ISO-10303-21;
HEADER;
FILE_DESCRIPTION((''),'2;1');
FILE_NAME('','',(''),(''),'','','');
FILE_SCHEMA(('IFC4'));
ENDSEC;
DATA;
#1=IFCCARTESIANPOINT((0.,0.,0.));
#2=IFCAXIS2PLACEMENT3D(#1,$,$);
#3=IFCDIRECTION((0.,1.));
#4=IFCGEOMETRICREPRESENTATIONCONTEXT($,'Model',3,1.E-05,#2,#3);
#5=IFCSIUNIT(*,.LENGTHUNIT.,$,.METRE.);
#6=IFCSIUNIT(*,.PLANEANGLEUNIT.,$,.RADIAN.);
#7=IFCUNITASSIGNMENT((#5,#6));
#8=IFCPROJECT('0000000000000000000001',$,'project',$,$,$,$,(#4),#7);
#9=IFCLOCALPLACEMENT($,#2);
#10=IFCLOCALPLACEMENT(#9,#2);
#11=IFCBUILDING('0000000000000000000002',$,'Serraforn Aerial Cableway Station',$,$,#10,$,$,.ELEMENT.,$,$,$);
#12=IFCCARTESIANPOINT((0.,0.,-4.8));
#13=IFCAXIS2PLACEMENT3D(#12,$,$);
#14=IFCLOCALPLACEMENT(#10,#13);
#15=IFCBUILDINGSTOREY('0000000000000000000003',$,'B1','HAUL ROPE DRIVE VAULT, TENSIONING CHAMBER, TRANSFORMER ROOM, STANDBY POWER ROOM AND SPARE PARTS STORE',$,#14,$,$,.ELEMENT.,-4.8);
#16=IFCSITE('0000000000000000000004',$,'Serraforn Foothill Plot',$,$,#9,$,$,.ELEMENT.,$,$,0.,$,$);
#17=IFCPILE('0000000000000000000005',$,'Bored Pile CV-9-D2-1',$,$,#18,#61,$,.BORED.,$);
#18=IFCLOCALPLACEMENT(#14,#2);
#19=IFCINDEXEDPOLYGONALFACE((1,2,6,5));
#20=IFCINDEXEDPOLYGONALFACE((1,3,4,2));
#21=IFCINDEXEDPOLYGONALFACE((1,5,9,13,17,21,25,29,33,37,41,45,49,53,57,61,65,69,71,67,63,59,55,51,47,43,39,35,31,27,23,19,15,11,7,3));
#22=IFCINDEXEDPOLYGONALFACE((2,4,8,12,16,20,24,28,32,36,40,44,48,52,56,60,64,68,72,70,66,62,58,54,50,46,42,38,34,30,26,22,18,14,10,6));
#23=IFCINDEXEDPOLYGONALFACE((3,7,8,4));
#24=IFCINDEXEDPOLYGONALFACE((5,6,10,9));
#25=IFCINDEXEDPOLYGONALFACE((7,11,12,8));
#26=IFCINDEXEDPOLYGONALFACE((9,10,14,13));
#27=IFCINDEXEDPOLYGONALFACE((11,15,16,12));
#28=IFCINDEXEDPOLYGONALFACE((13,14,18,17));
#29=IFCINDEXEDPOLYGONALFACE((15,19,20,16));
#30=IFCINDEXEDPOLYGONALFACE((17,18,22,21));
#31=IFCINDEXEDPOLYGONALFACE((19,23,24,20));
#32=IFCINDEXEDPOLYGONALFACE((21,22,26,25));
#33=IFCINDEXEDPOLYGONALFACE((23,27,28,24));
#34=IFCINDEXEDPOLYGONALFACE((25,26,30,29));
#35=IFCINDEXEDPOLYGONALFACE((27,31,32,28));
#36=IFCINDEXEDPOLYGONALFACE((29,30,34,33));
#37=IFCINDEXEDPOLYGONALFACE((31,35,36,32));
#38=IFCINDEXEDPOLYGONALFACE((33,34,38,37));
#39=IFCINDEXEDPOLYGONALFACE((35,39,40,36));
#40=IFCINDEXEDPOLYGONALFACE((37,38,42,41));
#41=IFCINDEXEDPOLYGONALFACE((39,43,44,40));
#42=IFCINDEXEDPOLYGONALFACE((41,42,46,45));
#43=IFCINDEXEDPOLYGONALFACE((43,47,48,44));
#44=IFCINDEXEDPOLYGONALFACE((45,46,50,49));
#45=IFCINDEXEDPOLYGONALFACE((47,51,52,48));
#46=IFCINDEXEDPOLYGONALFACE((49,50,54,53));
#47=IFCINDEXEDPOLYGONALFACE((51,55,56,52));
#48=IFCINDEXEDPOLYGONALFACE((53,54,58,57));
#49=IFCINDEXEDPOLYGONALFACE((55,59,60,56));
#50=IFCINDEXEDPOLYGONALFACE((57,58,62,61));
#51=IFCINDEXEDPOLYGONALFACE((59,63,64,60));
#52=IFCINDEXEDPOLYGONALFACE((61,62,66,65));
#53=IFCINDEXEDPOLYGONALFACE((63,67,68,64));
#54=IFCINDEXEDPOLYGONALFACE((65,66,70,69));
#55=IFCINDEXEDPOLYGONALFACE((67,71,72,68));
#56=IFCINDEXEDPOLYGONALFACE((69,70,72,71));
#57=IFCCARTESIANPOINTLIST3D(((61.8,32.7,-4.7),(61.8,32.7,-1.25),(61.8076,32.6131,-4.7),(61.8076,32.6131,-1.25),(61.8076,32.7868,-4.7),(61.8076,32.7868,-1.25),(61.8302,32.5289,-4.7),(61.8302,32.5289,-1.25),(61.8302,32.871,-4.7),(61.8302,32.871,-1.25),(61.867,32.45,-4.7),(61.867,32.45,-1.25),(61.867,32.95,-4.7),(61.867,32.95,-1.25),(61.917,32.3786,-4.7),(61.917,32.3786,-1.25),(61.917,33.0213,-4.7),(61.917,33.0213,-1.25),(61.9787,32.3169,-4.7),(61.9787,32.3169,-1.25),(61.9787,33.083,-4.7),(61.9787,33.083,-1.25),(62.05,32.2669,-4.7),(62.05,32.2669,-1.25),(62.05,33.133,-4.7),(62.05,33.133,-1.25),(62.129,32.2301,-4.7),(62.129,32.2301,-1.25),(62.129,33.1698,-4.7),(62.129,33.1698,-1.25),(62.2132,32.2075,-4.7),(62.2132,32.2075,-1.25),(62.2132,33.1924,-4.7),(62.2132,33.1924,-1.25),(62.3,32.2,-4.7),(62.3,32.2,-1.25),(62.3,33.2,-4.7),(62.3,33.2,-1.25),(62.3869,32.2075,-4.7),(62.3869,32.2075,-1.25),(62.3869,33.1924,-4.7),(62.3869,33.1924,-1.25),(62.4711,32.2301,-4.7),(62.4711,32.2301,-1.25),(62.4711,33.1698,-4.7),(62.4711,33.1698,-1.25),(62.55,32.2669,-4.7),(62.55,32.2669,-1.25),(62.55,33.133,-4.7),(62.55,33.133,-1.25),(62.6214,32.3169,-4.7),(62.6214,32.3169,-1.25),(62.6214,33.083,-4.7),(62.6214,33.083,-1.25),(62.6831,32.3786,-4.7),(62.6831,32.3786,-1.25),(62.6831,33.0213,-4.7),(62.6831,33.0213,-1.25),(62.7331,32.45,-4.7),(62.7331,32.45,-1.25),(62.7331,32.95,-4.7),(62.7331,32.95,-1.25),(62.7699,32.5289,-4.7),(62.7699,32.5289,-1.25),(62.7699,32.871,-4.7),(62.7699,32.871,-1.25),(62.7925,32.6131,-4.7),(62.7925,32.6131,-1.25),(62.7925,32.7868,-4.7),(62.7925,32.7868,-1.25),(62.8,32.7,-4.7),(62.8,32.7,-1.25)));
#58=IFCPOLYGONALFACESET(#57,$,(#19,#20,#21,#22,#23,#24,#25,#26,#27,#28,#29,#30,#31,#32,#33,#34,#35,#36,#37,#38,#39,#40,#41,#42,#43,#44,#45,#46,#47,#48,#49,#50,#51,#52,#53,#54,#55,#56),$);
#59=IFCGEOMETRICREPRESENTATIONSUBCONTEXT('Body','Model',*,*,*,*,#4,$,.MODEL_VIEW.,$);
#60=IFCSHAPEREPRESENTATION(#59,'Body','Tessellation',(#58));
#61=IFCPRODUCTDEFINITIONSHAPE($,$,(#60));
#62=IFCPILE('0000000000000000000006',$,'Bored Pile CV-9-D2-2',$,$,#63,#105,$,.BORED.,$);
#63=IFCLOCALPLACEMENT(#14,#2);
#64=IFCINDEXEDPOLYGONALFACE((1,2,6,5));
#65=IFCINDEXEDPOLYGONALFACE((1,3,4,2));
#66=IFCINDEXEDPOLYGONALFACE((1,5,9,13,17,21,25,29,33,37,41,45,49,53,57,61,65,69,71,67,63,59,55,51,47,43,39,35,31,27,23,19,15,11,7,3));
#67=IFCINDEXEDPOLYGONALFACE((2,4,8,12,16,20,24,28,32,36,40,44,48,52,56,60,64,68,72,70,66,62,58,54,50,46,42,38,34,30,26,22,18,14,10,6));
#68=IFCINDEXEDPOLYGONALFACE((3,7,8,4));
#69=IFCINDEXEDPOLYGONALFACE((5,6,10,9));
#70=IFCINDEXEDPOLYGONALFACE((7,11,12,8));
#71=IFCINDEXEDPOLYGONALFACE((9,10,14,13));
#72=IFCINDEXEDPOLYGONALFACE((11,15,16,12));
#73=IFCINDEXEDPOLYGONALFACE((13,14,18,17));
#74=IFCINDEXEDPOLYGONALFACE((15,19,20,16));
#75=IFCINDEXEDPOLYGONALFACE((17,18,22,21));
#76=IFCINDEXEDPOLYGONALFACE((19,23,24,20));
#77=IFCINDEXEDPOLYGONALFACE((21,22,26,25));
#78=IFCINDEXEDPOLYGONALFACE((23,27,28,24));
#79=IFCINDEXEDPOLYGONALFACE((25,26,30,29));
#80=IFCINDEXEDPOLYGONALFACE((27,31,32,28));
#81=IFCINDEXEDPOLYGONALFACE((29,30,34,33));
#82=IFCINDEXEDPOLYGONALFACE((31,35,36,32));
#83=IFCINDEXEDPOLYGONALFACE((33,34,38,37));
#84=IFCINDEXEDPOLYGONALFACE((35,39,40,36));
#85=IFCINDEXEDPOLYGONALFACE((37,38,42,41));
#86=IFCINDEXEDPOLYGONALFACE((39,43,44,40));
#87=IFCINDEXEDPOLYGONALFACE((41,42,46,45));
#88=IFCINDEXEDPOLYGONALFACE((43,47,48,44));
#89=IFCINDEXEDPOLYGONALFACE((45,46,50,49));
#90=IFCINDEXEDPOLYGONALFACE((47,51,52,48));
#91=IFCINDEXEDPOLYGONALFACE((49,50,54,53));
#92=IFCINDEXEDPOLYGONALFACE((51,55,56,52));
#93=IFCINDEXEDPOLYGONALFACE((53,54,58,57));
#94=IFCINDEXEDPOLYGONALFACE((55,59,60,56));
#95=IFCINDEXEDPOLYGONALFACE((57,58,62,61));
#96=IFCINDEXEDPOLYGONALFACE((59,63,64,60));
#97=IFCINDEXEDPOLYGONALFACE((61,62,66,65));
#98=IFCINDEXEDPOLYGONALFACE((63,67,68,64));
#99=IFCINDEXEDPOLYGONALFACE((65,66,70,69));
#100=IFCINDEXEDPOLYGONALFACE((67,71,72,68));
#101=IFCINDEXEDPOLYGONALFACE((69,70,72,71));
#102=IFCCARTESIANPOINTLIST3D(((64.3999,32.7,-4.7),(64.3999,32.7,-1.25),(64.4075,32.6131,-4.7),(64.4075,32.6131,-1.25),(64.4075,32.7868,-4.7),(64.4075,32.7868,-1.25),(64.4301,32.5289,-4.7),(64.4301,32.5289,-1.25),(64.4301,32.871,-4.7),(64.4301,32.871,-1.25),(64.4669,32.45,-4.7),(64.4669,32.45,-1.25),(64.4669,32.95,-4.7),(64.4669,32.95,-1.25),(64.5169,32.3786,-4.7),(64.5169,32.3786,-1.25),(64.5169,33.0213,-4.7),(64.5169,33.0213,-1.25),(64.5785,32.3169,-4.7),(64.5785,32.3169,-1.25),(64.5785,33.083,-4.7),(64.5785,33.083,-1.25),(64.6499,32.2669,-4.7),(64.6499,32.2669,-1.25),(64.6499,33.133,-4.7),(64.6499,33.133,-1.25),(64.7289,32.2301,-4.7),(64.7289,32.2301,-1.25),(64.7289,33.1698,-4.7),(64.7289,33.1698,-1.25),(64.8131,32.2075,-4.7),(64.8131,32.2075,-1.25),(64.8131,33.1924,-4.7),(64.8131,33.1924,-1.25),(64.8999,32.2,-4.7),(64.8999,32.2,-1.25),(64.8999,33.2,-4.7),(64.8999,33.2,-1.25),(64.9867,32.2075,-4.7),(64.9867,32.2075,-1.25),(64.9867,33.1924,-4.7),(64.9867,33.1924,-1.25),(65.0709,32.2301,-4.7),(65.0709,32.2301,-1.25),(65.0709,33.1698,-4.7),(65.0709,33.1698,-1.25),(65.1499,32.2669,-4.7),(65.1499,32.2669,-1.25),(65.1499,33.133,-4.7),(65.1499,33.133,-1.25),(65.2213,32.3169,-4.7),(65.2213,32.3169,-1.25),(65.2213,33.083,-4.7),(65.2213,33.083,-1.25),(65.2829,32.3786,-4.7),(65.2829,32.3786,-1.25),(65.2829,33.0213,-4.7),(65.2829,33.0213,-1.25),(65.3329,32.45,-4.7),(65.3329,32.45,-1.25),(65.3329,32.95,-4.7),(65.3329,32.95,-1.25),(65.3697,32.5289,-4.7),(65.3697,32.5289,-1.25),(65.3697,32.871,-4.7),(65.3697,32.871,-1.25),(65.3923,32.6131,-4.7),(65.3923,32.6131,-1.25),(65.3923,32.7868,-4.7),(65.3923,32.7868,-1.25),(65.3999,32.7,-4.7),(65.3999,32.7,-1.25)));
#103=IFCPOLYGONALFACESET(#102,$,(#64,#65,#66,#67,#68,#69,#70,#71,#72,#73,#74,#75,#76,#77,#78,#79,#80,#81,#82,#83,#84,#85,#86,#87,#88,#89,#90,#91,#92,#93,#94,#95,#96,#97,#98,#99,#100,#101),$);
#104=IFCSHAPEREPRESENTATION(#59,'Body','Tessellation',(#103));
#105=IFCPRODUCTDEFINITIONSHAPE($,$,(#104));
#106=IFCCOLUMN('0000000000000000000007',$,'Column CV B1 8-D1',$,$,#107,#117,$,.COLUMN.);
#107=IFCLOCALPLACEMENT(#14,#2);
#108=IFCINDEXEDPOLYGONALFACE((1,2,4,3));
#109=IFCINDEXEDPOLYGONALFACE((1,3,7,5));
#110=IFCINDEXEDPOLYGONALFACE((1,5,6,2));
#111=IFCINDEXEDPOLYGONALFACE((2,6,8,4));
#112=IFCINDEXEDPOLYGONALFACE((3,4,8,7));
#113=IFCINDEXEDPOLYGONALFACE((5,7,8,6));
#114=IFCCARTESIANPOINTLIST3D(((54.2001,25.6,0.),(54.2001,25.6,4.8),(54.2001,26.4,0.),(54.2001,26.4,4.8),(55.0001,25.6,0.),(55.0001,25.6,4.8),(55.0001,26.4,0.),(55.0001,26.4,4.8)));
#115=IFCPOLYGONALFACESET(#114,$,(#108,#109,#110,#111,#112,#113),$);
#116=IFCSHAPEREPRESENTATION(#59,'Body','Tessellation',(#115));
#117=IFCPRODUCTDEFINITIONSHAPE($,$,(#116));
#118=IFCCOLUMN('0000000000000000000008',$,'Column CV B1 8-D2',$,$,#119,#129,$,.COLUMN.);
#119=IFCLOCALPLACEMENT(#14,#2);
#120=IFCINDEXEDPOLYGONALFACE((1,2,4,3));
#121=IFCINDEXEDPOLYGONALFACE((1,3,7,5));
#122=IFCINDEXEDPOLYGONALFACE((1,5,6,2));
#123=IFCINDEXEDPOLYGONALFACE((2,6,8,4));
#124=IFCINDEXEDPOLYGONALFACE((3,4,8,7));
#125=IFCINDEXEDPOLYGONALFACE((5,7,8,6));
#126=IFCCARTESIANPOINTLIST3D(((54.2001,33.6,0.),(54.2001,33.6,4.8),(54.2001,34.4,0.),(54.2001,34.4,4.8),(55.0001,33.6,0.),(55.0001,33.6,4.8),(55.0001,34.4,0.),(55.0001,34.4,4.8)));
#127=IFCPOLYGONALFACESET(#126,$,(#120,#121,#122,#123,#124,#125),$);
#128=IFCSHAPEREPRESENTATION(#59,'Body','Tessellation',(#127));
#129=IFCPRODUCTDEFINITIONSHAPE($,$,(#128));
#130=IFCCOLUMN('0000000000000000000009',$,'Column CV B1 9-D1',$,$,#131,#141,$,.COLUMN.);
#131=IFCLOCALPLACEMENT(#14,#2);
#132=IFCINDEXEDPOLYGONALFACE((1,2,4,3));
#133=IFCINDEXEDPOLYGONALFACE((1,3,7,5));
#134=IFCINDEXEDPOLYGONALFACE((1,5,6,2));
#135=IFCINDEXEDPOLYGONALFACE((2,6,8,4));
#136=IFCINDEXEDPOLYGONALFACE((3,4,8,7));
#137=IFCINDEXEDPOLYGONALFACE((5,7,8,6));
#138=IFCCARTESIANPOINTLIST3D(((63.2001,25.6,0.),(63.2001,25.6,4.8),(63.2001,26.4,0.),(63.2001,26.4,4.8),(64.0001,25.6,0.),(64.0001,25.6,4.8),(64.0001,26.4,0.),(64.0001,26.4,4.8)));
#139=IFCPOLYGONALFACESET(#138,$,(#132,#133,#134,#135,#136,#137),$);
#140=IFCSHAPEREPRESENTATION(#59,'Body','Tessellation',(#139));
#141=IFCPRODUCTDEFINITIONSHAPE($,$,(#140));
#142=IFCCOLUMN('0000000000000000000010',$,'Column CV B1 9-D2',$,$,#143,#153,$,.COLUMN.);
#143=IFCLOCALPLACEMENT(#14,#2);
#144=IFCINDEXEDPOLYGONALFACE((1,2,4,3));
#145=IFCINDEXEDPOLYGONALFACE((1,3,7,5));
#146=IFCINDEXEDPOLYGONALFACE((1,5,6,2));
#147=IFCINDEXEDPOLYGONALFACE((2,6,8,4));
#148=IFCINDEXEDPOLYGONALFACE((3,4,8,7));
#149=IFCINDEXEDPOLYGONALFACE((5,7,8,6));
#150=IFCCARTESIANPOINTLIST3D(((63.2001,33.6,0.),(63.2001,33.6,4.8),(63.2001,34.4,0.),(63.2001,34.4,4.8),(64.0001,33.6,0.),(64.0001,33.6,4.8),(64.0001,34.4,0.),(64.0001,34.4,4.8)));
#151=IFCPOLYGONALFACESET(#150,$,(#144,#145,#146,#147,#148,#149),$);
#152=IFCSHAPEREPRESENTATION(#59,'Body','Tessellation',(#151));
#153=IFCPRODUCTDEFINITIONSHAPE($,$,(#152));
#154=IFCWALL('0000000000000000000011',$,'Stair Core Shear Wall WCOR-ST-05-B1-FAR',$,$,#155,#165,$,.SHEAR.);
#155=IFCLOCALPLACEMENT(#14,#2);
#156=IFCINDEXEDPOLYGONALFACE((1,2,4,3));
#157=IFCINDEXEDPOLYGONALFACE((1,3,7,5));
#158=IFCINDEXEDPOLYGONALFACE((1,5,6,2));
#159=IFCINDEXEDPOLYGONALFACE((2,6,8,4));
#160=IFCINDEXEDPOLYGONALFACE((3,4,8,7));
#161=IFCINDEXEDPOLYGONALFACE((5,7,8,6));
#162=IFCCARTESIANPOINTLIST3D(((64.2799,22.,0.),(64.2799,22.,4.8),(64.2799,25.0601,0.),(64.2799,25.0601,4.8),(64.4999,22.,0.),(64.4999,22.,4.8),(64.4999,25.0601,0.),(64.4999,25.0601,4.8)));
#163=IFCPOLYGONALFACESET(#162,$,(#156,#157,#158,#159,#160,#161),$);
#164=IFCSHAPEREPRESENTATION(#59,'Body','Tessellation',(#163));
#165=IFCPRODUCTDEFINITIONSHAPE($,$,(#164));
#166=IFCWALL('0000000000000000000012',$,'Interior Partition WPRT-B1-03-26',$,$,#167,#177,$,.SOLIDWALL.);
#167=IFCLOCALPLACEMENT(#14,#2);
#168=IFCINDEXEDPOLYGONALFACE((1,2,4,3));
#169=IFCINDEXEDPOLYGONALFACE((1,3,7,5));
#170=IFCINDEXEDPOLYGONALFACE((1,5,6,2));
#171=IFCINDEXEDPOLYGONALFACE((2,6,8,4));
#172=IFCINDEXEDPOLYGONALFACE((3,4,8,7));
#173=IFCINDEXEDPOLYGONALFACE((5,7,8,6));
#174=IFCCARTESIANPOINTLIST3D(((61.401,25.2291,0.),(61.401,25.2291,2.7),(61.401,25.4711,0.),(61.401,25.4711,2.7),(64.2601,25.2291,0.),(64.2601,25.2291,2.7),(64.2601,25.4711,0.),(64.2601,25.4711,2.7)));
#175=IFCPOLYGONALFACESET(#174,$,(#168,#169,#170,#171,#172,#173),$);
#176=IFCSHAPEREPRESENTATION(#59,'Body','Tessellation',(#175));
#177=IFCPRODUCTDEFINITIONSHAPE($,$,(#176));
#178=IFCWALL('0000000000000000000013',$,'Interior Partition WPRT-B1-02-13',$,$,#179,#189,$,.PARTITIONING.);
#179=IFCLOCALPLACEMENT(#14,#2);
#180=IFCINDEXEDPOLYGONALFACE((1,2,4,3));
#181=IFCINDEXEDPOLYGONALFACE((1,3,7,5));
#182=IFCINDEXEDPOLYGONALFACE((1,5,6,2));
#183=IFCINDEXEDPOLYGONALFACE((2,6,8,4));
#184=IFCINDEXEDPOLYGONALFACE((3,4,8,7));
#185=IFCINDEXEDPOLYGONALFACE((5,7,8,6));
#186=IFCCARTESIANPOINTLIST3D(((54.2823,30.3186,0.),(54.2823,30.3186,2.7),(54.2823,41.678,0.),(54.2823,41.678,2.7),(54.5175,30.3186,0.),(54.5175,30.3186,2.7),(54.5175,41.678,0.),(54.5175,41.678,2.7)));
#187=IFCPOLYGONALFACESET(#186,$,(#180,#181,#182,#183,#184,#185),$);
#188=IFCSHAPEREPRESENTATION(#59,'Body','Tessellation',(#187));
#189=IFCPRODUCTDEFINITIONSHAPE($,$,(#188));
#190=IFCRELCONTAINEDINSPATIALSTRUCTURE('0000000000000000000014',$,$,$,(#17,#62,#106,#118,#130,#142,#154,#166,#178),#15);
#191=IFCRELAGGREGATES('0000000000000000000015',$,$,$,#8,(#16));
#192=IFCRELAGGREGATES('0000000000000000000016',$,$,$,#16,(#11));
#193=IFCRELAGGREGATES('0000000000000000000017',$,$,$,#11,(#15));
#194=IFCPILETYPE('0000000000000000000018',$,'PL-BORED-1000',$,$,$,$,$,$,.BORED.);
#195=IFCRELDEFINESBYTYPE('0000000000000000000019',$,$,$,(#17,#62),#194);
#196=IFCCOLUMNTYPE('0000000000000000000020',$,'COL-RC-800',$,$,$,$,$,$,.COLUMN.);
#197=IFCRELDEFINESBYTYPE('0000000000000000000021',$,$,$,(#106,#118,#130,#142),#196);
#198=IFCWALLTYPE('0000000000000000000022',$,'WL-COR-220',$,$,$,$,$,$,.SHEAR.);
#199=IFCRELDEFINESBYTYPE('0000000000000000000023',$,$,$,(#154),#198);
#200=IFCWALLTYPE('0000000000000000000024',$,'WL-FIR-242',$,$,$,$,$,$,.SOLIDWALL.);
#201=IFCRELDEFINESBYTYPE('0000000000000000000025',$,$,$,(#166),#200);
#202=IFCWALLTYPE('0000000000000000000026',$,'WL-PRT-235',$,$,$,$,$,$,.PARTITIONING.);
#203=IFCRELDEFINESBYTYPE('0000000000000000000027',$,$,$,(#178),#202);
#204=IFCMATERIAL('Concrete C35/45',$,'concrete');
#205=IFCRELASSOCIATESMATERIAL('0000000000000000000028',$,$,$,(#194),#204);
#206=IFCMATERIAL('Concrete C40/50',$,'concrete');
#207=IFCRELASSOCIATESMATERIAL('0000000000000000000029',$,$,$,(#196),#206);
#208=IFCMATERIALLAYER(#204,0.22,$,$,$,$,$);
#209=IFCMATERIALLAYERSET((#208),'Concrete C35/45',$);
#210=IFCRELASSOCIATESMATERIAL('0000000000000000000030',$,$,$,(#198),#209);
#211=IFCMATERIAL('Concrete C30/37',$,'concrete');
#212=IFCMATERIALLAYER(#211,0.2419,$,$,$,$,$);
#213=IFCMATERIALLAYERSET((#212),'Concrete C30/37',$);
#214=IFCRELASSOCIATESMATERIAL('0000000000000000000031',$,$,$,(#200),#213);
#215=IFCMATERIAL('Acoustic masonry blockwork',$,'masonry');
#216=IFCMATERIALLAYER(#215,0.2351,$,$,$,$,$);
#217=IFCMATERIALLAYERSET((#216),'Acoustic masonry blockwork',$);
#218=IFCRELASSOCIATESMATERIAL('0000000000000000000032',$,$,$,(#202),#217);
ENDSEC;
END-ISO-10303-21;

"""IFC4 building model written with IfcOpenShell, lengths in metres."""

from ifc_helpers import new_model, si_unit, direction, frame, frame_2d, origin, origin_2d, place, context, subcontext, project, spatial, rectangle, circle, extrude, material, layer, layer_set, material_profile, profile_set, type_object, element, save


model = new_model("IFC4")

# Units and contexts
model_context = context("Model", 3, precision=1e-05, world=origin(), true_north=direction((0.0, 1.0)))
body_context = subcontext(model_context, "Body", "Model", "MODEL_VIEW")
ifc_project = project(units=[si_unit("LENGTHUNIT", "METRE"), si_unit("PLANEANGLEUNIT", "RADIAN")], contexts=[model_context])

# Site, building, storey
site_placement = place(None, origin())
site = spatial("IfcSite", under=ifc_project, at=site_placement, Name="Serraforn Foothill Plot", CompositionType="ELEMENT", RefElevation=0.0)
building_placement = place(site_placement, origin())
building = spatial("IfcBuilding", under=site, at=building_placement, Name="Serraforn Aerial Cableway Station", CompositionType="ELEMENT")
storey_placement = place(building_placement, frame((0.0, 0.0, -4.8)))
storey = spatial("IfcBuildingStorey", under=building, at=storey_placement, Name="B1", Description="HAUL ROPE DRIVE VAULT, TENSIONING CHAMBER, TRANSFORMER ROOM, STANDBY POWER ROOM AND SPARE PARTS STORE", CompositionType="ELEMENT", Elevation=-4.8)

# Shared definitions
ifc_material_1 = material(Name="Concrete C40/50", Category="concrete")

# Piles
ifc_material_2 = material(Name="Concrete C35/45", Category="concrete")
ifc_material_profile_1 = material_profile(ifc_material_2, circle(Radius=0.5, at=origin_2d()), Name="BORED PILE D1000")
ifc_profile_set_1 = profile_set([ifc_material_profile_1], Name="Concrete C35/45")
pile_type = type_object("IfcPileType", Name="PL-BORED-1000", PredefinedType="BORED", material=ifc_profile_set_1)
for number, where, z_axis, x_axis, name in (
    (1, (62.3, 32.7, -1.25), (0.0, 0.0, -1.0), (1.0, 0.0, 0.0), "Bored Pile CV-9-D2-1"),
    (2, (64.8999, 32.7, -1.25), (0.0, 0.0, -1.0), (1.0, 0.0, 0.0), "Bored Pile CV-9-D2-2"),
):
    element("IfcPile", number, at=place(storey_placement, frame(where, z_axis=z_axis, x_axis=x_axis)), inside=storey, type_object=pile_type, Name=name, PredefinedType="BORED", context=body_context, shape_type="SweptSolid", body=[
        extrude(circle(Radius=0.5, at=origin_2d()), origin(), (0.0, 0.0, 1.0), 3.45),
    ])

# Columns
ifc_material_profile_2 = material_profile(ifc_material_1, rectangle(XDim=0.8, YDim=0.8, at=origin_2d()), Name="RC 800x800")
ifc_profile_set_2 = profile_set([ifc_material_profile_2], Name="Concrete C40/50")
column_type = type_object("IfcColumnType", Name="COL-RC-800", PredefinedType="COLUMN", material=ifc_profile_set_2)
for number, where, z_axis, x_axis, name in (
    (3, (54.6001, 26.0, 0.0), (0.0, 0.0, 1.0), (1.0, 0.0, 0.0), "Column CV B1 8-D1"),
    (4, (54.6001, 34.0, 0.0), (0.0, 0.0, 1.0), (1.0, 0.0, 0.0), "Column CV B1 8-D2"),
    (5, (63.6001, 26.0, 0.0), (0.0, 0.0, 1.0), (1.0, 0.0, 0.0), "Column CV B1 9-D1"),
    (6, (63.6001, 34.0, 0.0), (0.0, 0.0, 1.0), (1.0, 0.0, 0.0), "Column CV B1 9-D2"),
):
    element("IfcColumn", number, at=place(storey_placement, frame(where, z_axis=z_axis, x_axis=x_axis)), inside=storey, type_object=column_type, Name=name, PredefinedType="COLUMN", context=body_context, shape_type="SweptSolid", body=[
        extrude(rectangle(XDim=0.8, YDim=0.8, at=origin_2d()), origin(), (0.0, 0.0, 1.0), 4.8),
    ])

# Wall
ifc_layer_1 = layer(ifc_material_2, 0.22)
ifc_layer_set_1 = layer_set([ifc_layer_1], Name="Concrete C35/45")
wall_type_1 = type_object("IfcWallType", Name="WL-COR-220", PredefinedType="SHEAR", material=ifc_layer_set_1)
wall_1_placement = place(storey_placement, frame((64.3899, 25.0601, 0.0), z_axis=(0.0, 0.0, 1.0), x_axis=(0.0, -1.0, 0.0)))
element("IfcWall", 7, at=wall_1_placement, inside=storey, type_object=wall_type_1, Name="Stair Core Shear Wall WCOR-ST-05-B1-FAR", PredefinedType="SHEAR", context=body_context, shape_type="SweptSolid", body=[
    extrude(rectangle(XDim=3.0601, YDim=0.22, at=frame_2d((1.53, 0.0))), origin(), (0.0, 0.0, 1.0), 4.8),
])

# Walls
ifc_material_3 = material(Name="Concrete C30/37", Category="concrete")
ifc_layer_2 = layer(ifc_material_3, 0.2419)
ifc_layer_set_2 = layer_set([ifc_layer_2], Name="Concrete C30/37")
wall_type_2 = type_object("IfcWallType", Name="WL-FIR-242", PredefinedType="SOLIDWALL", material=ifc_layer_set_2)
wall_2_placement = place(storey_placement, frame((61.4009, 25.3501, 0.0), z_axis=(0.0, 0.0, 1.0), x_axis=(1.0, 0.0, 0.0)))
element("IfcWall", 8, at=wall_2_placement, inside=storey, type_object=wall_type_2, Name="Interior Partition WPRT-B1-03-26", PredefinedType="SOLIDWALL", context=body_context, shape_type="SweptSolid", body=[
    extrude(rectangle(XDim=2.8591, YDim=0.2419, at=frame_2d((1.4297, 0.0))), origin(), (0.0, 0.0, 1.0), 2.7),
])
ifc_material_4 = material(Name="Acoustic masonry blockwork", Category="masonry")
ifc_layer_3 = layer(ifc_material_4, 0.2351)
ifc_layer_set_3 = layer_set([ifc_layer_3], Name="Acoustic masonry blockwork")
wall_type_3 = type_object("IfcWallType", Name="WL-PRT-235", PredefinedType="PARTITIONING", material=ifc_layer_set_3)
wall_3_placement = place(storey_placement, frame((54.3999, 30.3186, 0.0), z_axis=(0.0, 0.0, 1.0), x_axis=(0.0, 1.0, 0.0)))
element("IfcWall", 9, at=wall_3_placement, inside=storey, type_object=wall_type_3, Name="Interior Partition WPRT-B1-02-13", PredefinedType="PARTITIONING", context=body_context, shape_type="SweptSolid", body=[
    extrude(rectangle(XDim=11.3594, YDim=0.2351, at=frame_2d((5.6797, 0.0))), origin(), (0.0, 0.0, 1.0), 2.7),
])

save(model, "model.ifc")
